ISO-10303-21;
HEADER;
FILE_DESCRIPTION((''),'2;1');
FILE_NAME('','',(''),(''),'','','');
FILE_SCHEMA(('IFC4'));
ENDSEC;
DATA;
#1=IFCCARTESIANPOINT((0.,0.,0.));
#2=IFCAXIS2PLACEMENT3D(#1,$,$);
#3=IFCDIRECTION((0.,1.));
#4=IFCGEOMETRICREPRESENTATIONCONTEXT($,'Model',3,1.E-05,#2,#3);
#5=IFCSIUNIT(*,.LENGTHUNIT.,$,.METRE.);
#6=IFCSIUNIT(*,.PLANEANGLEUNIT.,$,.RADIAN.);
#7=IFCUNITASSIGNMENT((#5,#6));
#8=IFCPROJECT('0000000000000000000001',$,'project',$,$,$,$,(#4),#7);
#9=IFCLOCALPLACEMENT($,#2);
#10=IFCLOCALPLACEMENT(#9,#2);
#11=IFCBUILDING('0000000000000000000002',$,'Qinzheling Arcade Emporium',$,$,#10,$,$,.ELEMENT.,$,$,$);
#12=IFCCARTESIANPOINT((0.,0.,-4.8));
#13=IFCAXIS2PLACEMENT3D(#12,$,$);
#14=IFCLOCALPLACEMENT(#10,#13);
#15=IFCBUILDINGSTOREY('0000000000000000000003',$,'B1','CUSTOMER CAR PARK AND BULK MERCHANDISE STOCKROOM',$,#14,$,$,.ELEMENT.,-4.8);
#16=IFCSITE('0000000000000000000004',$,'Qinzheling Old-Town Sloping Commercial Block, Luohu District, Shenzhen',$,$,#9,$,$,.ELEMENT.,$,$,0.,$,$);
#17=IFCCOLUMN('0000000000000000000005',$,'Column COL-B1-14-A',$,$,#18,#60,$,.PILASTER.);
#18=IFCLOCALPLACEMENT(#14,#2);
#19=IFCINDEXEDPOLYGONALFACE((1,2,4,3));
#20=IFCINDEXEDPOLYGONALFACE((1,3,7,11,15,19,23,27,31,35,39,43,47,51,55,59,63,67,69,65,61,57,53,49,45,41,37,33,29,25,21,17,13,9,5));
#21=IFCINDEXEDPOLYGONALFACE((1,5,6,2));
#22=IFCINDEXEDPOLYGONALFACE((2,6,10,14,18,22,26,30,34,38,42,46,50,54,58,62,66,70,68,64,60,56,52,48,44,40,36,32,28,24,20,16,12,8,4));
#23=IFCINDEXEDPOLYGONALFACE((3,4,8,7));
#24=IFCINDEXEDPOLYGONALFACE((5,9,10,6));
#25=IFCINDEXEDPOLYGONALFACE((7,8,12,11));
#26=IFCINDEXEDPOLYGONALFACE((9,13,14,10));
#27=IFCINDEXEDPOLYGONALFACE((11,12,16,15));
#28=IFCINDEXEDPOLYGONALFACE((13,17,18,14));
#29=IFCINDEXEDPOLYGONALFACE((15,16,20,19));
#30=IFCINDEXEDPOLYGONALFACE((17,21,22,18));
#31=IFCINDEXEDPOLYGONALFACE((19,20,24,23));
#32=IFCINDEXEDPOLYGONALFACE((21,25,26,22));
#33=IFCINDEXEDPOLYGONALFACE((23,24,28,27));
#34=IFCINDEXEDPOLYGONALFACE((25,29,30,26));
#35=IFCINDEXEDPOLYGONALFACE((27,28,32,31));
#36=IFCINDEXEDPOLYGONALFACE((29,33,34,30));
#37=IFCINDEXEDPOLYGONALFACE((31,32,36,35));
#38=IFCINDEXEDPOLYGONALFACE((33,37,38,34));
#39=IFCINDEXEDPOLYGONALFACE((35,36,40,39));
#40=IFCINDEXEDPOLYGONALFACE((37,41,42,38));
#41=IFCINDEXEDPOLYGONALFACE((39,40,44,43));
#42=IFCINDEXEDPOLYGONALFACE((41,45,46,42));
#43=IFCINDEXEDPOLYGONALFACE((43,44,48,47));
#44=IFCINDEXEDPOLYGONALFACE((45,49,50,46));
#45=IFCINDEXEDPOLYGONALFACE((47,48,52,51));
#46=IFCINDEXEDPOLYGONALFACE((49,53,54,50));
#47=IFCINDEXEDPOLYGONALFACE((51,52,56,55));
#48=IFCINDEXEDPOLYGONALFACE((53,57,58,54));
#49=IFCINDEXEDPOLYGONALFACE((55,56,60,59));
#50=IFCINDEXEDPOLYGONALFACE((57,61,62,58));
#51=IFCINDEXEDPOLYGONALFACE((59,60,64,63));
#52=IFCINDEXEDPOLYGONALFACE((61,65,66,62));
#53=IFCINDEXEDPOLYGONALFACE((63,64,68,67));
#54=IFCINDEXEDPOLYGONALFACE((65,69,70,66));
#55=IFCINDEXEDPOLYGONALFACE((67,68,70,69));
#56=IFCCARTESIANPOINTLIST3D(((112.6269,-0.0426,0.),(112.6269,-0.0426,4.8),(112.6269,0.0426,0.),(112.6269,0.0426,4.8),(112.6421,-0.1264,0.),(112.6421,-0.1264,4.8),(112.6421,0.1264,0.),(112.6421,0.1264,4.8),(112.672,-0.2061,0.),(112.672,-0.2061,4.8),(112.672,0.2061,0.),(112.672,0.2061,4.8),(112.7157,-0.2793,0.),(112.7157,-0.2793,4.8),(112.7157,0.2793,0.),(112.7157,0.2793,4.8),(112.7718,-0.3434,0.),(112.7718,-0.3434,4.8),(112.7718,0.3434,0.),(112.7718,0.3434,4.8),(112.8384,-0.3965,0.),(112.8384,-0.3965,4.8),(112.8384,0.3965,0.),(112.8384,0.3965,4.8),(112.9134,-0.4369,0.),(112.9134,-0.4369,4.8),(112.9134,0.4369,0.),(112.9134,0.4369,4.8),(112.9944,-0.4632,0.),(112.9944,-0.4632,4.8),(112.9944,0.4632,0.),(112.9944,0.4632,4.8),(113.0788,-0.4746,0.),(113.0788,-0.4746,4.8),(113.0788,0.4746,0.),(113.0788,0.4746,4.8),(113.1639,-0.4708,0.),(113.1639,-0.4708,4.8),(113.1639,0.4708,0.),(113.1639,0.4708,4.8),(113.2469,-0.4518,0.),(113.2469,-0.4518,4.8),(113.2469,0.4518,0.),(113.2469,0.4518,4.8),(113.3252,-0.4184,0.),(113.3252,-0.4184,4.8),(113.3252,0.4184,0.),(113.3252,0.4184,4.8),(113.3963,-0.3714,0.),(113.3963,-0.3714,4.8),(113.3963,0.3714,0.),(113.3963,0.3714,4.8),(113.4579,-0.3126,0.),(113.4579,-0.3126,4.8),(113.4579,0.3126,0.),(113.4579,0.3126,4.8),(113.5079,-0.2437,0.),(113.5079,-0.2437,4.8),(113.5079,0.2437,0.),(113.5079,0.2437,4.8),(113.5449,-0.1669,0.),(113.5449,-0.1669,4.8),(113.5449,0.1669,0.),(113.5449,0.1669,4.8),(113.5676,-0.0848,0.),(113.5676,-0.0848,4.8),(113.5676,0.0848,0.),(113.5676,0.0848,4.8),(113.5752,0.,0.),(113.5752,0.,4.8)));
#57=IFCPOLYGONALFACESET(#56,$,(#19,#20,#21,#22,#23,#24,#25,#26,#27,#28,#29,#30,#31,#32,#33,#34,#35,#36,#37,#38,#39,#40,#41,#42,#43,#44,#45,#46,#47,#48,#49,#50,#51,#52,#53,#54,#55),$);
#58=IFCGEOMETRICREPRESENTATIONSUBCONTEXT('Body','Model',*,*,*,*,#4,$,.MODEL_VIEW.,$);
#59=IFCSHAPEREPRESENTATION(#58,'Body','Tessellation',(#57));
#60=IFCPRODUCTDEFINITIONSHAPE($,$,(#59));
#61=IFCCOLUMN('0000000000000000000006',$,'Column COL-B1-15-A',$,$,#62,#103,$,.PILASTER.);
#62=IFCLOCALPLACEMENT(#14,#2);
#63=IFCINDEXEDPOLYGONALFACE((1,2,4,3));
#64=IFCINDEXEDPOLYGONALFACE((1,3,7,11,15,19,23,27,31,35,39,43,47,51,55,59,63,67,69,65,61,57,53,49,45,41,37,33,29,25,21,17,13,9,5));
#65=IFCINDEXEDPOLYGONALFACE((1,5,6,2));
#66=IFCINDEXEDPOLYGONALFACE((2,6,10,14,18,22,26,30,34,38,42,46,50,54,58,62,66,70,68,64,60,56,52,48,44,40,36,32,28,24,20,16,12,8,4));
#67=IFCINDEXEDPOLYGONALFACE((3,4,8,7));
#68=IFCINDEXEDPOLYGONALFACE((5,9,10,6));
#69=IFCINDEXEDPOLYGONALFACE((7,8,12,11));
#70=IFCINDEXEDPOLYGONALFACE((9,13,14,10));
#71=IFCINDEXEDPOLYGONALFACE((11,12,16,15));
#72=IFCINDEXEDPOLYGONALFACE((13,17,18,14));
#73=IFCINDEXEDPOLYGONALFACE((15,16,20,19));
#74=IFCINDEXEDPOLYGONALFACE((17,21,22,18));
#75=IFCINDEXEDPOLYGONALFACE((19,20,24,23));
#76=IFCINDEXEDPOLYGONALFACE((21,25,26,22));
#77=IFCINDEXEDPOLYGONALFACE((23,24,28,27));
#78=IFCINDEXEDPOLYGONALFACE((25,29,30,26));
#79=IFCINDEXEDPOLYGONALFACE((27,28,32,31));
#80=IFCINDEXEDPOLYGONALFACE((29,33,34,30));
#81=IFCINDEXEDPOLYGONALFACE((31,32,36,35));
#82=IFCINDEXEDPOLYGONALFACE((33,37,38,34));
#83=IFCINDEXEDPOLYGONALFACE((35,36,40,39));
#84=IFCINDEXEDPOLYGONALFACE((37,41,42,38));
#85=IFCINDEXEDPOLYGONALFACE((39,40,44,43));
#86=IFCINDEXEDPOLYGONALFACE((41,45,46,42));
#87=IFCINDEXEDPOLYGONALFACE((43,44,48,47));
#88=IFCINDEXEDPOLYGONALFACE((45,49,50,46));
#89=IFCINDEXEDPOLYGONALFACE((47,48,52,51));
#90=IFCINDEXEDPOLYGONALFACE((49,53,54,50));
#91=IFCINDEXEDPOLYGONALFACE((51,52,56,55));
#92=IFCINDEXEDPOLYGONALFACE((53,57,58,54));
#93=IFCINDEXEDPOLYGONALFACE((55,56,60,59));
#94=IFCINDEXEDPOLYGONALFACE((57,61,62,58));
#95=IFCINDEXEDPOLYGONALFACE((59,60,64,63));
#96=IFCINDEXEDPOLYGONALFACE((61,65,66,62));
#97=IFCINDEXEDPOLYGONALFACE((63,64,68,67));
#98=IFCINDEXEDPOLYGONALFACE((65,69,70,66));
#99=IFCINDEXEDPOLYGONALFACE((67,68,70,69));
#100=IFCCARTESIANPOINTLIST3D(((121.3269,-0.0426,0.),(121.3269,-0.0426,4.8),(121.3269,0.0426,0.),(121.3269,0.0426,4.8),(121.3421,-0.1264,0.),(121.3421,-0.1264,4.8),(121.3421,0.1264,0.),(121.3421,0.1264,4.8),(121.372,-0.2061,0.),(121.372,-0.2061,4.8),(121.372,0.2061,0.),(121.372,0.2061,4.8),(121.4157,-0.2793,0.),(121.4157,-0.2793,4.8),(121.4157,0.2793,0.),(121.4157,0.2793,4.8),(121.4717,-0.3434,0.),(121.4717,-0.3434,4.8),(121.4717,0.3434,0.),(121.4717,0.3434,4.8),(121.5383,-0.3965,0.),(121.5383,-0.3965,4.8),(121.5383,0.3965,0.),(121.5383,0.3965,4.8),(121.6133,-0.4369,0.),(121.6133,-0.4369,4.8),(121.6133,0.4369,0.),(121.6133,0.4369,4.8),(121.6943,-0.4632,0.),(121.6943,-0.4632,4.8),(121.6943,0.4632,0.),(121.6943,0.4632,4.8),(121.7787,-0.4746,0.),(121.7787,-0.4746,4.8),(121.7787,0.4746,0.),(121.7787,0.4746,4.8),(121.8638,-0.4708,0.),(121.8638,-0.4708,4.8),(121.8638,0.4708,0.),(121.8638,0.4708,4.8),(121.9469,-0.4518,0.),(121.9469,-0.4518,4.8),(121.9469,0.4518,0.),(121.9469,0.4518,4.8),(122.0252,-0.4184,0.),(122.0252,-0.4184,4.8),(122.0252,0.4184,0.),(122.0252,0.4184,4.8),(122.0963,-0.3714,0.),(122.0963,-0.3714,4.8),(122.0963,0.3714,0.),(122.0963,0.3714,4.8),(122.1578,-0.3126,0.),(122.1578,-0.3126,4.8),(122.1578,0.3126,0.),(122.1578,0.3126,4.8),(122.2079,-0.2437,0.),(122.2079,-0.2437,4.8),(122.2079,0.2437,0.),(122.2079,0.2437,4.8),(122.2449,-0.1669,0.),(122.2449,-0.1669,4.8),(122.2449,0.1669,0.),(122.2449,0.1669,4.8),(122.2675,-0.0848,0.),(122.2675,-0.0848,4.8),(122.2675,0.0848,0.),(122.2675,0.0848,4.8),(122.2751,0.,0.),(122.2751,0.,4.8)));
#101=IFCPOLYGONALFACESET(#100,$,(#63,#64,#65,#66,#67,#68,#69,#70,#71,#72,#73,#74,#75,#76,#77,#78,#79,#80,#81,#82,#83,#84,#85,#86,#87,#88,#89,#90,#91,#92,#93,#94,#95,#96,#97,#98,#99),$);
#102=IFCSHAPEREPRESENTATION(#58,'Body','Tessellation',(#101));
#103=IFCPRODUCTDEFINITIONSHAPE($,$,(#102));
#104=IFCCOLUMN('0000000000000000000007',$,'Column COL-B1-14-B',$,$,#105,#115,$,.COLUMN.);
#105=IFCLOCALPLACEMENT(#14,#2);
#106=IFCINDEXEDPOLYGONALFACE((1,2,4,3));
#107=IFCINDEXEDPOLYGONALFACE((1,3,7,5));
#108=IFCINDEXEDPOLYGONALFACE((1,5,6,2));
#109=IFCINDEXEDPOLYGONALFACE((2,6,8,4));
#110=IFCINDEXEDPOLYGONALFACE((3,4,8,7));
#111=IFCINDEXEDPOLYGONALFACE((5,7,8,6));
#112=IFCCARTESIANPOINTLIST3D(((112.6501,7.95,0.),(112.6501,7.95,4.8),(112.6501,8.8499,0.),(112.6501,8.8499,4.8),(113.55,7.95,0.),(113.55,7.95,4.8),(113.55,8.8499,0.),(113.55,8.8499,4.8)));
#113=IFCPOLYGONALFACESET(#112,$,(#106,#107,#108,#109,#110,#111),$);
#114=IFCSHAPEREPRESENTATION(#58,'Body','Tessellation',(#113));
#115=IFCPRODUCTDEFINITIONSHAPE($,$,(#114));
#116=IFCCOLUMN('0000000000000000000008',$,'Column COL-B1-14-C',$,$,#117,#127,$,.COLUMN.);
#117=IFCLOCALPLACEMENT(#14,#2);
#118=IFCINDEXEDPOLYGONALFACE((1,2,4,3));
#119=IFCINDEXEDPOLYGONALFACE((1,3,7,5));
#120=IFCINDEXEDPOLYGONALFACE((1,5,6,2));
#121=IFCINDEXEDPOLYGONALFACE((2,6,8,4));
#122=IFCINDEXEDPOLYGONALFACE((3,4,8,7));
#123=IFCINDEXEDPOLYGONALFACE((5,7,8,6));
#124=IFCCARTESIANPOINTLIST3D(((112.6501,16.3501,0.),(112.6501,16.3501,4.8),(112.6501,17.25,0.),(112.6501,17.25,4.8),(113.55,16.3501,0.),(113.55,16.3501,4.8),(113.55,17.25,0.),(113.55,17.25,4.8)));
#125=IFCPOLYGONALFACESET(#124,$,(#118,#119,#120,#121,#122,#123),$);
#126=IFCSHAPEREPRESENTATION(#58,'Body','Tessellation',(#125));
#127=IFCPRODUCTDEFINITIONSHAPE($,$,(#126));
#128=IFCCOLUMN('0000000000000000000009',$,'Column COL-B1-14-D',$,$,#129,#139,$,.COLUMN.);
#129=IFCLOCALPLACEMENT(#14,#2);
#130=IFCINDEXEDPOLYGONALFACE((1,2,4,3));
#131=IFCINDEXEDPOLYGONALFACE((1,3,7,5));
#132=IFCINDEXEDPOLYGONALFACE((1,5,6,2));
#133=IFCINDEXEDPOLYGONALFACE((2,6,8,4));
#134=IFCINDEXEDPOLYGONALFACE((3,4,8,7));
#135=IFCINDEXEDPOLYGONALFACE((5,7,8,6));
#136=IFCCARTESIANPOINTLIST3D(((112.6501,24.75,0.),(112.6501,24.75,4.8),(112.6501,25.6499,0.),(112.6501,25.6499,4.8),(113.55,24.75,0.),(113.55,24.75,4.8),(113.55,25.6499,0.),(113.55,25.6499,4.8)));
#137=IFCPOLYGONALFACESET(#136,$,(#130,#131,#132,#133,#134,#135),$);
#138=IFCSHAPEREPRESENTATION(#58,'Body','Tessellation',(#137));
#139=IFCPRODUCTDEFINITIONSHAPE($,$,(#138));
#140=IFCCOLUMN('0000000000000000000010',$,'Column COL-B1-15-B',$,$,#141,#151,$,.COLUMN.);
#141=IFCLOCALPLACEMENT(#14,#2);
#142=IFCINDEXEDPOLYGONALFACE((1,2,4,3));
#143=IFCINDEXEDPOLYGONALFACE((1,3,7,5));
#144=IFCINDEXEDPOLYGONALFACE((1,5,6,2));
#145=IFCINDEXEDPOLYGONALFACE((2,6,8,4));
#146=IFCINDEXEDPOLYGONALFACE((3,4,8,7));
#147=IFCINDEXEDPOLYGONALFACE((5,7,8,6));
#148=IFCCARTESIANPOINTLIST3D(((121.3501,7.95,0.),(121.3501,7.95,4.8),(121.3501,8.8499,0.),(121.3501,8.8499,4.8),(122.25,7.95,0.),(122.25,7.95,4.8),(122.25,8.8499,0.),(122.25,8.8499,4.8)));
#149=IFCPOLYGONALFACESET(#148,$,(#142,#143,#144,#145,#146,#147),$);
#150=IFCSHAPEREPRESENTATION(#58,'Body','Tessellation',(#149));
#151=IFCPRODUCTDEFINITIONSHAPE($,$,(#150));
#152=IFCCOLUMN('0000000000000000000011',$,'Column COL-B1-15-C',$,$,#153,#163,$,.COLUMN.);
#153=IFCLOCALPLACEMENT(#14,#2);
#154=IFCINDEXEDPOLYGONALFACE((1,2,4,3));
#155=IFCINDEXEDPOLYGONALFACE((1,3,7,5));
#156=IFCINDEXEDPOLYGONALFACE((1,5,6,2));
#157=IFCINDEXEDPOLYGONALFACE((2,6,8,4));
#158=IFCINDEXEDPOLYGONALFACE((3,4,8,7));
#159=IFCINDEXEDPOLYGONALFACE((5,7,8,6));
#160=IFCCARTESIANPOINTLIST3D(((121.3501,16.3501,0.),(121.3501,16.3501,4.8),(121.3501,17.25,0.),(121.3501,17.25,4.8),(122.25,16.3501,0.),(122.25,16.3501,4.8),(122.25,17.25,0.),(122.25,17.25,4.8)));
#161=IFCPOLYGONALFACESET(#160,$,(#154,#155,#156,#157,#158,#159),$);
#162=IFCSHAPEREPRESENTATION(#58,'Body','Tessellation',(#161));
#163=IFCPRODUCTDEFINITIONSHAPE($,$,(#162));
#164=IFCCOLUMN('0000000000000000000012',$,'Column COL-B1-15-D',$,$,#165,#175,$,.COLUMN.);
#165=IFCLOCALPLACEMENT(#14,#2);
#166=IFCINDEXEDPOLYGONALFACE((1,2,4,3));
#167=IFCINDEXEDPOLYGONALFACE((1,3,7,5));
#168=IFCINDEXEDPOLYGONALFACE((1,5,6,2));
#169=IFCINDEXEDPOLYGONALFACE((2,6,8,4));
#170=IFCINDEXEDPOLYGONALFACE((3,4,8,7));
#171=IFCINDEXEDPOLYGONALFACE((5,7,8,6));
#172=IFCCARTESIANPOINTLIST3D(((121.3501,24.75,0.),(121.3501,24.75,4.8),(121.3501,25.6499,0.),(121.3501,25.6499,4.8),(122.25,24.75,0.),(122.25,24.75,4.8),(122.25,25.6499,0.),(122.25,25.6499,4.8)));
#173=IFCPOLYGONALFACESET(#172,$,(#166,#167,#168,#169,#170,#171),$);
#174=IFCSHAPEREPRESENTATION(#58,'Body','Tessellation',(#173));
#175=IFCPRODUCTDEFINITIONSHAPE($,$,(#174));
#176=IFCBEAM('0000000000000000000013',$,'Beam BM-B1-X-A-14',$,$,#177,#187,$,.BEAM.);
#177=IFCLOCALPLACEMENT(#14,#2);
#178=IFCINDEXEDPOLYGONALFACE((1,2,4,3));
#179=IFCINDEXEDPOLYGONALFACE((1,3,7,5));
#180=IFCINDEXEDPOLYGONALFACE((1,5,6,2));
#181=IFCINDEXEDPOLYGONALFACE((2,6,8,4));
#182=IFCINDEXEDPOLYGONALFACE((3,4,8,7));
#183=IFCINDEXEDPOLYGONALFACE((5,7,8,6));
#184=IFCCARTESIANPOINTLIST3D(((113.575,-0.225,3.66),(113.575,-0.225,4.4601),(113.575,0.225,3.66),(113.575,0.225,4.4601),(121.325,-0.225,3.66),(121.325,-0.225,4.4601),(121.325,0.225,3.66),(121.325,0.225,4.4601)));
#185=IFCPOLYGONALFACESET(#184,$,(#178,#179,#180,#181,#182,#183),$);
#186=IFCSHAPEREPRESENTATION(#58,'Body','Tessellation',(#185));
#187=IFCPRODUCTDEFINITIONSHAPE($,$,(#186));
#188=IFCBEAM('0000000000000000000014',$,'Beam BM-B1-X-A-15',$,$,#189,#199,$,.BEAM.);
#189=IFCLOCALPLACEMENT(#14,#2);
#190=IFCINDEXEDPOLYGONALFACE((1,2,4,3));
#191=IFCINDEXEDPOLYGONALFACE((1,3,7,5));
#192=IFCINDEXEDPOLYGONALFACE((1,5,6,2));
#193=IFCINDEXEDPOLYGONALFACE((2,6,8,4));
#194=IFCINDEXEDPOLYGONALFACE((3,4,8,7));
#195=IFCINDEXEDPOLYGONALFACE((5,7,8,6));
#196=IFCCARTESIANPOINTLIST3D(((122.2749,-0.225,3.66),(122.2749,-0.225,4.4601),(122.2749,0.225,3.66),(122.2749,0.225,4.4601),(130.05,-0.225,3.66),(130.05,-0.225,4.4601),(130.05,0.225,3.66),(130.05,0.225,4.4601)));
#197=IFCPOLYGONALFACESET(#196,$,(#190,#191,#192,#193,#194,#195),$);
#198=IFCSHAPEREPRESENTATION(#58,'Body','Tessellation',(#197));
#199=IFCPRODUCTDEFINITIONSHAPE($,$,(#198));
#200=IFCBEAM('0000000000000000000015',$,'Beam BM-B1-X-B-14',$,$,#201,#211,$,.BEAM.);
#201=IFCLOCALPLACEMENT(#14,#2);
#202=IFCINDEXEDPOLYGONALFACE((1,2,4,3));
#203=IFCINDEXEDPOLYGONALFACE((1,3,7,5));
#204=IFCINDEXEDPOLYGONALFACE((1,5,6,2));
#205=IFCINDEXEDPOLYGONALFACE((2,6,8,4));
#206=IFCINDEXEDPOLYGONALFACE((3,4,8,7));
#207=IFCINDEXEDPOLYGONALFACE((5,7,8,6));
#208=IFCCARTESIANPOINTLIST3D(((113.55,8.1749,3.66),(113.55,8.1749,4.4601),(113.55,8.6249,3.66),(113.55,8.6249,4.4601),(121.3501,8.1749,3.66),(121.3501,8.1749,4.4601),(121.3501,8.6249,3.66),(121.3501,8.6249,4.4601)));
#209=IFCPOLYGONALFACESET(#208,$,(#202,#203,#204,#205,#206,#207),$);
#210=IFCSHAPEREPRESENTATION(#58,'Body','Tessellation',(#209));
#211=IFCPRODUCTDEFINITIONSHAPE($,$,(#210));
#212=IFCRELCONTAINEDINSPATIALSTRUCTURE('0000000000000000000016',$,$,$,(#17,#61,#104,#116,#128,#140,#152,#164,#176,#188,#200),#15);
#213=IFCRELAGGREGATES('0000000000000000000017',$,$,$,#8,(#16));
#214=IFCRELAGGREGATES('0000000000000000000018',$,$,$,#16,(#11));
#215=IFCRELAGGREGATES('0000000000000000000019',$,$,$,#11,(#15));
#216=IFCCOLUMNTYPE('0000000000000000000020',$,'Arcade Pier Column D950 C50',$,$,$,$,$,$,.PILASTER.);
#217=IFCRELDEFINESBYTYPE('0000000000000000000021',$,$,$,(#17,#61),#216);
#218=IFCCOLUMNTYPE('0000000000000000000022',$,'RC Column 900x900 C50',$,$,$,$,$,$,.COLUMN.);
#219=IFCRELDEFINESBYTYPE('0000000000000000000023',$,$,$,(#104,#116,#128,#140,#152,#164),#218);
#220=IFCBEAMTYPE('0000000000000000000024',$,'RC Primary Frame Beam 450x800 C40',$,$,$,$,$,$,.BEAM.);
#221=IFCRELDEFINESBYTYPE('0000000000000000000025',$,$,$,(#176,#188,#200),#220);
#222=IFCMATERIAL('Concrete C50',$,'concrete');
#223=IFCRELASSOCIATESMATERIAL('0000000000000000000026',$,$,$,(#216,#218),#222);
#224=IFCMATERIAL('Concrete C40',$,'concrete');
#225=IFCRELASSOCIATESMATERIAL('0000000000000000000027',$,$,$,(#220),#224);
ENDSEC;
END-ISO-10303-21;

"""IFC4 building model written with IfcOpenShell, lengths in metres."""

from ifc_helpers import new_model, si_unit, direction, frame, origin, origin_2d, place, context, subcontext, project, spatial, rectangle, circle, extrude, material, material_profile, profile_set, type_object, element, save


model = new_model("IFC4")

# Units and contexts
model_context = context("Model", 3, precision=1e-05, world=origin(), true_north=direction((0.0, 1.0)))
body_context = subcontext(model_context, "Body", "Model", "MODEL_VIEW")
ifc_project = project(units=[si_unit("LENGTHUNIT", "METRE"), si_unit("PLANEANGLEUNIT", "RADIAN")], contexts=[model_context])

# Site, building, storey
site_placement = place(None, origin())
site = spatial("IfcSite", under=ifc_project, at=site_placement, Name="Qinzheling Old-Town Sloping Commercial Block, Luohu District, Shenzhen", CompositionType="ELEMENT", RefElevation=0.0)
building_placement = place(site_placement, origin())
building = spatial("IfcBuilding", under=site, at=building_placement, Name="Qinzheling Arcade Emporium", CompositionType="ELEMENT")
storey_placement = place(building_placement, frame((0.0, 0.0, -4.8)))
storey = spatial("IfcBuildingStorey", under=building, at=storey_placement, Name="B1", Description="CUSTOMER CAR PARK AND BULK MERCHANDISE STOCKROOM", CompositionType="ELEMENT", Elevation=-4.8)

# Columns
ifc_material_1 = material(Name="Concrete C50", Category="concrete")
ifc_material_profile_1 = material_profile(ifc_material_1, circle(Radius=0.4751, at=origin_2d()), Name="RC D950", Category="concrete")
ifc_profile_set_1 = profile_set([ifc_material_profile_1], Name="Concrete C50")
column_type_1 = type_object("IfcColumnType", Name="Arcade Pier Column D950 C50", PredefinedType="PILASTER", material=ifc_profile_set_1)
for number, where, z_axis, x_axis, name in (
    (1, (113.1001, 0.0, 0.0), (0.0, 0.0, 1.0), (1.0, 0.0, 0.0), "Column COL-B1-14-A"),
    (2, (121.8, 0.0, 0.0), (0.0, 0.0, 1.0), (1.0, 0.0, 0.0), "Column COL-B1-15-A"),
):
    element("IfcColumn", number, at=place(storey_placement, frame(where, z_axis=z_axis, x_axis=x_axis)), inside=storey, type_object=column_type_1, Name=name, PredefinedType="PILASTER", context=body_context, shape_type="SweptSolid", body=[
        extrude(circle(Radius=0.4751, at=origin_2d()), origin(), (0.0, 0.0, 1.0), 4.8),
    ])
ifc_material_profile_2 = material_profile(ifc_material_1, rectangle(XDim=0.8999, YDim=0.8999, at=origin_2d()), Name="RC 900x900", Category="concrete")
ifc_profile_set_2 = profile_set([ifc_material_profile_2], Name="Concrete C50")
column_type_2 = type_object("IfcColumnType", Name="RC Column 900x900 C50", PredefinedType="COLUMN", material=ifc_profile_set_2)
for number, where, z_axis, x_axis, name in (
    (3, (113.1001, 8.3999, 0.0), (0.0, 0.0, 1.0), (1.0, 0.0, 0.0), "Column COL-B1-14-B"),
    (4, (113.1001, 16.8, 0.0), (0.0, 0.0, 1.0), (1.0, 0.0, 0.0), "Column COL-B1-14-C"),
    (5, (113.1001, 25.2, 0.0), (0.0, 0.0, 1.0), (1.0, 0.0, 0.0), "Column COL-B1-14-D"),
    (6, (121.8, 8.3999, 0.0), (0.0, 0.0, 1.0), (1.0, 0.0, 0.0), "Column COL-B1-15-B"),
    (7, (121.8, 16.8, 0.0), (0.0, 0.0, 1.0), (1.0, 0.0, 0.0), "Column COL-B1-15-C"),
    (8, (121.8, 25.2, 0.0), (0.0, 0.0, 1.0), (1.0, 0.0, 0.0), "Column COL-B1-15-D"),
):
    element("IfcColumn", number, at=place(storey_placement, frame(where, z_axis=z_axis, x_axis=x_axis)), inside=storey, type_object=column_type_2, Name=name, PredefinedType="COLUMN", context=body_context, shape_type="SweptSolid", body=[
        extrude(rectangle(XDim=0.8999, YDim=0.8999, at=origin_2d()), origin(), (0.0, 0.0, 1.0), 4.8),
    ])

# Beams
ifc_material_2 = material(Name="Concrete C40", Category="concrete")
ifc_material_profile_3 = material_profile(ifc_material_2, rectangle(XDim=0.45, YDim=0.8, at=origin_2d()), Name="RC 450x800", Category="concrete")
ifc_profile_set_3 = profile_set([ifc_material_profile_3], Name="Concrete C40")
beam_type = type_object("IfcBeamType", Name="RC Primary Frame Beam 450x800 C40", PredefinedType="BEAM", material=ifc_profile_set_3)
beam_1_placement = place(storey_placement, frame((113.575, 0.0, 4.0601), z_axis=(1.0, 0.0, 0.0), x_axis=(0.0, 1.0, 0.0)))
element("IfcBeam", 9, at=beam_1_placement, inside=storey, type_object=beam_type, Name="Beam BM-B1-X-A-14", PredefinedType="BEAM", context=body_context, shape_type="SweptSolid", body=[
    extrude(rectangle(XDim=0.45, YDim=0.8, at=origin_2d()), origin(), (0.0, 0.0, 1.0), 7.75),
])
beam_2_placement = place(storey_placement, frame((122.2749, 0.0, 4.0601), z_axis=(1.0, 0.0, 0.0), x_axis=(0.0, 1.0, 0.0)))
element("IfcBeam", 10, at=beam_2_placement, inside=storey, type_object=beam_type, Name="Beam BM-B1-X-A-15", PredefinedType="BEAM", context=body_context, shape_type="SweptSolid", body=[
    extrude(rectangle(XDim=0.45, YDim=0.8, at=origin_2d()), origin(), (0.0, 0.0, 1.0), 7.7751),
])
for number, where, z_axis, x_axis, name in (
    (11, (113.55, 8.3999, 4.0601), (1.0, 0.0, 0.0), (0.0, 1.0, 0.0), "Beam BM-B1-X-B-14"),
):
    element("IfcBeam", number, at=place(storey_placement, frame(where, z_axis=z_axis, x_axis=x_axis)), inside=storey, type_object=beam_type, Name=name, PredefinedType="BEAM", context=body_context, shape_type="SweptSolid", body=[
        extrude(rectangle(XDim=0.45, YDim=0.8, at=origin_2d()), origin(), (0.0, 0.0, 1.0), 7.8),
    ])

save(model, "model.ifc")
